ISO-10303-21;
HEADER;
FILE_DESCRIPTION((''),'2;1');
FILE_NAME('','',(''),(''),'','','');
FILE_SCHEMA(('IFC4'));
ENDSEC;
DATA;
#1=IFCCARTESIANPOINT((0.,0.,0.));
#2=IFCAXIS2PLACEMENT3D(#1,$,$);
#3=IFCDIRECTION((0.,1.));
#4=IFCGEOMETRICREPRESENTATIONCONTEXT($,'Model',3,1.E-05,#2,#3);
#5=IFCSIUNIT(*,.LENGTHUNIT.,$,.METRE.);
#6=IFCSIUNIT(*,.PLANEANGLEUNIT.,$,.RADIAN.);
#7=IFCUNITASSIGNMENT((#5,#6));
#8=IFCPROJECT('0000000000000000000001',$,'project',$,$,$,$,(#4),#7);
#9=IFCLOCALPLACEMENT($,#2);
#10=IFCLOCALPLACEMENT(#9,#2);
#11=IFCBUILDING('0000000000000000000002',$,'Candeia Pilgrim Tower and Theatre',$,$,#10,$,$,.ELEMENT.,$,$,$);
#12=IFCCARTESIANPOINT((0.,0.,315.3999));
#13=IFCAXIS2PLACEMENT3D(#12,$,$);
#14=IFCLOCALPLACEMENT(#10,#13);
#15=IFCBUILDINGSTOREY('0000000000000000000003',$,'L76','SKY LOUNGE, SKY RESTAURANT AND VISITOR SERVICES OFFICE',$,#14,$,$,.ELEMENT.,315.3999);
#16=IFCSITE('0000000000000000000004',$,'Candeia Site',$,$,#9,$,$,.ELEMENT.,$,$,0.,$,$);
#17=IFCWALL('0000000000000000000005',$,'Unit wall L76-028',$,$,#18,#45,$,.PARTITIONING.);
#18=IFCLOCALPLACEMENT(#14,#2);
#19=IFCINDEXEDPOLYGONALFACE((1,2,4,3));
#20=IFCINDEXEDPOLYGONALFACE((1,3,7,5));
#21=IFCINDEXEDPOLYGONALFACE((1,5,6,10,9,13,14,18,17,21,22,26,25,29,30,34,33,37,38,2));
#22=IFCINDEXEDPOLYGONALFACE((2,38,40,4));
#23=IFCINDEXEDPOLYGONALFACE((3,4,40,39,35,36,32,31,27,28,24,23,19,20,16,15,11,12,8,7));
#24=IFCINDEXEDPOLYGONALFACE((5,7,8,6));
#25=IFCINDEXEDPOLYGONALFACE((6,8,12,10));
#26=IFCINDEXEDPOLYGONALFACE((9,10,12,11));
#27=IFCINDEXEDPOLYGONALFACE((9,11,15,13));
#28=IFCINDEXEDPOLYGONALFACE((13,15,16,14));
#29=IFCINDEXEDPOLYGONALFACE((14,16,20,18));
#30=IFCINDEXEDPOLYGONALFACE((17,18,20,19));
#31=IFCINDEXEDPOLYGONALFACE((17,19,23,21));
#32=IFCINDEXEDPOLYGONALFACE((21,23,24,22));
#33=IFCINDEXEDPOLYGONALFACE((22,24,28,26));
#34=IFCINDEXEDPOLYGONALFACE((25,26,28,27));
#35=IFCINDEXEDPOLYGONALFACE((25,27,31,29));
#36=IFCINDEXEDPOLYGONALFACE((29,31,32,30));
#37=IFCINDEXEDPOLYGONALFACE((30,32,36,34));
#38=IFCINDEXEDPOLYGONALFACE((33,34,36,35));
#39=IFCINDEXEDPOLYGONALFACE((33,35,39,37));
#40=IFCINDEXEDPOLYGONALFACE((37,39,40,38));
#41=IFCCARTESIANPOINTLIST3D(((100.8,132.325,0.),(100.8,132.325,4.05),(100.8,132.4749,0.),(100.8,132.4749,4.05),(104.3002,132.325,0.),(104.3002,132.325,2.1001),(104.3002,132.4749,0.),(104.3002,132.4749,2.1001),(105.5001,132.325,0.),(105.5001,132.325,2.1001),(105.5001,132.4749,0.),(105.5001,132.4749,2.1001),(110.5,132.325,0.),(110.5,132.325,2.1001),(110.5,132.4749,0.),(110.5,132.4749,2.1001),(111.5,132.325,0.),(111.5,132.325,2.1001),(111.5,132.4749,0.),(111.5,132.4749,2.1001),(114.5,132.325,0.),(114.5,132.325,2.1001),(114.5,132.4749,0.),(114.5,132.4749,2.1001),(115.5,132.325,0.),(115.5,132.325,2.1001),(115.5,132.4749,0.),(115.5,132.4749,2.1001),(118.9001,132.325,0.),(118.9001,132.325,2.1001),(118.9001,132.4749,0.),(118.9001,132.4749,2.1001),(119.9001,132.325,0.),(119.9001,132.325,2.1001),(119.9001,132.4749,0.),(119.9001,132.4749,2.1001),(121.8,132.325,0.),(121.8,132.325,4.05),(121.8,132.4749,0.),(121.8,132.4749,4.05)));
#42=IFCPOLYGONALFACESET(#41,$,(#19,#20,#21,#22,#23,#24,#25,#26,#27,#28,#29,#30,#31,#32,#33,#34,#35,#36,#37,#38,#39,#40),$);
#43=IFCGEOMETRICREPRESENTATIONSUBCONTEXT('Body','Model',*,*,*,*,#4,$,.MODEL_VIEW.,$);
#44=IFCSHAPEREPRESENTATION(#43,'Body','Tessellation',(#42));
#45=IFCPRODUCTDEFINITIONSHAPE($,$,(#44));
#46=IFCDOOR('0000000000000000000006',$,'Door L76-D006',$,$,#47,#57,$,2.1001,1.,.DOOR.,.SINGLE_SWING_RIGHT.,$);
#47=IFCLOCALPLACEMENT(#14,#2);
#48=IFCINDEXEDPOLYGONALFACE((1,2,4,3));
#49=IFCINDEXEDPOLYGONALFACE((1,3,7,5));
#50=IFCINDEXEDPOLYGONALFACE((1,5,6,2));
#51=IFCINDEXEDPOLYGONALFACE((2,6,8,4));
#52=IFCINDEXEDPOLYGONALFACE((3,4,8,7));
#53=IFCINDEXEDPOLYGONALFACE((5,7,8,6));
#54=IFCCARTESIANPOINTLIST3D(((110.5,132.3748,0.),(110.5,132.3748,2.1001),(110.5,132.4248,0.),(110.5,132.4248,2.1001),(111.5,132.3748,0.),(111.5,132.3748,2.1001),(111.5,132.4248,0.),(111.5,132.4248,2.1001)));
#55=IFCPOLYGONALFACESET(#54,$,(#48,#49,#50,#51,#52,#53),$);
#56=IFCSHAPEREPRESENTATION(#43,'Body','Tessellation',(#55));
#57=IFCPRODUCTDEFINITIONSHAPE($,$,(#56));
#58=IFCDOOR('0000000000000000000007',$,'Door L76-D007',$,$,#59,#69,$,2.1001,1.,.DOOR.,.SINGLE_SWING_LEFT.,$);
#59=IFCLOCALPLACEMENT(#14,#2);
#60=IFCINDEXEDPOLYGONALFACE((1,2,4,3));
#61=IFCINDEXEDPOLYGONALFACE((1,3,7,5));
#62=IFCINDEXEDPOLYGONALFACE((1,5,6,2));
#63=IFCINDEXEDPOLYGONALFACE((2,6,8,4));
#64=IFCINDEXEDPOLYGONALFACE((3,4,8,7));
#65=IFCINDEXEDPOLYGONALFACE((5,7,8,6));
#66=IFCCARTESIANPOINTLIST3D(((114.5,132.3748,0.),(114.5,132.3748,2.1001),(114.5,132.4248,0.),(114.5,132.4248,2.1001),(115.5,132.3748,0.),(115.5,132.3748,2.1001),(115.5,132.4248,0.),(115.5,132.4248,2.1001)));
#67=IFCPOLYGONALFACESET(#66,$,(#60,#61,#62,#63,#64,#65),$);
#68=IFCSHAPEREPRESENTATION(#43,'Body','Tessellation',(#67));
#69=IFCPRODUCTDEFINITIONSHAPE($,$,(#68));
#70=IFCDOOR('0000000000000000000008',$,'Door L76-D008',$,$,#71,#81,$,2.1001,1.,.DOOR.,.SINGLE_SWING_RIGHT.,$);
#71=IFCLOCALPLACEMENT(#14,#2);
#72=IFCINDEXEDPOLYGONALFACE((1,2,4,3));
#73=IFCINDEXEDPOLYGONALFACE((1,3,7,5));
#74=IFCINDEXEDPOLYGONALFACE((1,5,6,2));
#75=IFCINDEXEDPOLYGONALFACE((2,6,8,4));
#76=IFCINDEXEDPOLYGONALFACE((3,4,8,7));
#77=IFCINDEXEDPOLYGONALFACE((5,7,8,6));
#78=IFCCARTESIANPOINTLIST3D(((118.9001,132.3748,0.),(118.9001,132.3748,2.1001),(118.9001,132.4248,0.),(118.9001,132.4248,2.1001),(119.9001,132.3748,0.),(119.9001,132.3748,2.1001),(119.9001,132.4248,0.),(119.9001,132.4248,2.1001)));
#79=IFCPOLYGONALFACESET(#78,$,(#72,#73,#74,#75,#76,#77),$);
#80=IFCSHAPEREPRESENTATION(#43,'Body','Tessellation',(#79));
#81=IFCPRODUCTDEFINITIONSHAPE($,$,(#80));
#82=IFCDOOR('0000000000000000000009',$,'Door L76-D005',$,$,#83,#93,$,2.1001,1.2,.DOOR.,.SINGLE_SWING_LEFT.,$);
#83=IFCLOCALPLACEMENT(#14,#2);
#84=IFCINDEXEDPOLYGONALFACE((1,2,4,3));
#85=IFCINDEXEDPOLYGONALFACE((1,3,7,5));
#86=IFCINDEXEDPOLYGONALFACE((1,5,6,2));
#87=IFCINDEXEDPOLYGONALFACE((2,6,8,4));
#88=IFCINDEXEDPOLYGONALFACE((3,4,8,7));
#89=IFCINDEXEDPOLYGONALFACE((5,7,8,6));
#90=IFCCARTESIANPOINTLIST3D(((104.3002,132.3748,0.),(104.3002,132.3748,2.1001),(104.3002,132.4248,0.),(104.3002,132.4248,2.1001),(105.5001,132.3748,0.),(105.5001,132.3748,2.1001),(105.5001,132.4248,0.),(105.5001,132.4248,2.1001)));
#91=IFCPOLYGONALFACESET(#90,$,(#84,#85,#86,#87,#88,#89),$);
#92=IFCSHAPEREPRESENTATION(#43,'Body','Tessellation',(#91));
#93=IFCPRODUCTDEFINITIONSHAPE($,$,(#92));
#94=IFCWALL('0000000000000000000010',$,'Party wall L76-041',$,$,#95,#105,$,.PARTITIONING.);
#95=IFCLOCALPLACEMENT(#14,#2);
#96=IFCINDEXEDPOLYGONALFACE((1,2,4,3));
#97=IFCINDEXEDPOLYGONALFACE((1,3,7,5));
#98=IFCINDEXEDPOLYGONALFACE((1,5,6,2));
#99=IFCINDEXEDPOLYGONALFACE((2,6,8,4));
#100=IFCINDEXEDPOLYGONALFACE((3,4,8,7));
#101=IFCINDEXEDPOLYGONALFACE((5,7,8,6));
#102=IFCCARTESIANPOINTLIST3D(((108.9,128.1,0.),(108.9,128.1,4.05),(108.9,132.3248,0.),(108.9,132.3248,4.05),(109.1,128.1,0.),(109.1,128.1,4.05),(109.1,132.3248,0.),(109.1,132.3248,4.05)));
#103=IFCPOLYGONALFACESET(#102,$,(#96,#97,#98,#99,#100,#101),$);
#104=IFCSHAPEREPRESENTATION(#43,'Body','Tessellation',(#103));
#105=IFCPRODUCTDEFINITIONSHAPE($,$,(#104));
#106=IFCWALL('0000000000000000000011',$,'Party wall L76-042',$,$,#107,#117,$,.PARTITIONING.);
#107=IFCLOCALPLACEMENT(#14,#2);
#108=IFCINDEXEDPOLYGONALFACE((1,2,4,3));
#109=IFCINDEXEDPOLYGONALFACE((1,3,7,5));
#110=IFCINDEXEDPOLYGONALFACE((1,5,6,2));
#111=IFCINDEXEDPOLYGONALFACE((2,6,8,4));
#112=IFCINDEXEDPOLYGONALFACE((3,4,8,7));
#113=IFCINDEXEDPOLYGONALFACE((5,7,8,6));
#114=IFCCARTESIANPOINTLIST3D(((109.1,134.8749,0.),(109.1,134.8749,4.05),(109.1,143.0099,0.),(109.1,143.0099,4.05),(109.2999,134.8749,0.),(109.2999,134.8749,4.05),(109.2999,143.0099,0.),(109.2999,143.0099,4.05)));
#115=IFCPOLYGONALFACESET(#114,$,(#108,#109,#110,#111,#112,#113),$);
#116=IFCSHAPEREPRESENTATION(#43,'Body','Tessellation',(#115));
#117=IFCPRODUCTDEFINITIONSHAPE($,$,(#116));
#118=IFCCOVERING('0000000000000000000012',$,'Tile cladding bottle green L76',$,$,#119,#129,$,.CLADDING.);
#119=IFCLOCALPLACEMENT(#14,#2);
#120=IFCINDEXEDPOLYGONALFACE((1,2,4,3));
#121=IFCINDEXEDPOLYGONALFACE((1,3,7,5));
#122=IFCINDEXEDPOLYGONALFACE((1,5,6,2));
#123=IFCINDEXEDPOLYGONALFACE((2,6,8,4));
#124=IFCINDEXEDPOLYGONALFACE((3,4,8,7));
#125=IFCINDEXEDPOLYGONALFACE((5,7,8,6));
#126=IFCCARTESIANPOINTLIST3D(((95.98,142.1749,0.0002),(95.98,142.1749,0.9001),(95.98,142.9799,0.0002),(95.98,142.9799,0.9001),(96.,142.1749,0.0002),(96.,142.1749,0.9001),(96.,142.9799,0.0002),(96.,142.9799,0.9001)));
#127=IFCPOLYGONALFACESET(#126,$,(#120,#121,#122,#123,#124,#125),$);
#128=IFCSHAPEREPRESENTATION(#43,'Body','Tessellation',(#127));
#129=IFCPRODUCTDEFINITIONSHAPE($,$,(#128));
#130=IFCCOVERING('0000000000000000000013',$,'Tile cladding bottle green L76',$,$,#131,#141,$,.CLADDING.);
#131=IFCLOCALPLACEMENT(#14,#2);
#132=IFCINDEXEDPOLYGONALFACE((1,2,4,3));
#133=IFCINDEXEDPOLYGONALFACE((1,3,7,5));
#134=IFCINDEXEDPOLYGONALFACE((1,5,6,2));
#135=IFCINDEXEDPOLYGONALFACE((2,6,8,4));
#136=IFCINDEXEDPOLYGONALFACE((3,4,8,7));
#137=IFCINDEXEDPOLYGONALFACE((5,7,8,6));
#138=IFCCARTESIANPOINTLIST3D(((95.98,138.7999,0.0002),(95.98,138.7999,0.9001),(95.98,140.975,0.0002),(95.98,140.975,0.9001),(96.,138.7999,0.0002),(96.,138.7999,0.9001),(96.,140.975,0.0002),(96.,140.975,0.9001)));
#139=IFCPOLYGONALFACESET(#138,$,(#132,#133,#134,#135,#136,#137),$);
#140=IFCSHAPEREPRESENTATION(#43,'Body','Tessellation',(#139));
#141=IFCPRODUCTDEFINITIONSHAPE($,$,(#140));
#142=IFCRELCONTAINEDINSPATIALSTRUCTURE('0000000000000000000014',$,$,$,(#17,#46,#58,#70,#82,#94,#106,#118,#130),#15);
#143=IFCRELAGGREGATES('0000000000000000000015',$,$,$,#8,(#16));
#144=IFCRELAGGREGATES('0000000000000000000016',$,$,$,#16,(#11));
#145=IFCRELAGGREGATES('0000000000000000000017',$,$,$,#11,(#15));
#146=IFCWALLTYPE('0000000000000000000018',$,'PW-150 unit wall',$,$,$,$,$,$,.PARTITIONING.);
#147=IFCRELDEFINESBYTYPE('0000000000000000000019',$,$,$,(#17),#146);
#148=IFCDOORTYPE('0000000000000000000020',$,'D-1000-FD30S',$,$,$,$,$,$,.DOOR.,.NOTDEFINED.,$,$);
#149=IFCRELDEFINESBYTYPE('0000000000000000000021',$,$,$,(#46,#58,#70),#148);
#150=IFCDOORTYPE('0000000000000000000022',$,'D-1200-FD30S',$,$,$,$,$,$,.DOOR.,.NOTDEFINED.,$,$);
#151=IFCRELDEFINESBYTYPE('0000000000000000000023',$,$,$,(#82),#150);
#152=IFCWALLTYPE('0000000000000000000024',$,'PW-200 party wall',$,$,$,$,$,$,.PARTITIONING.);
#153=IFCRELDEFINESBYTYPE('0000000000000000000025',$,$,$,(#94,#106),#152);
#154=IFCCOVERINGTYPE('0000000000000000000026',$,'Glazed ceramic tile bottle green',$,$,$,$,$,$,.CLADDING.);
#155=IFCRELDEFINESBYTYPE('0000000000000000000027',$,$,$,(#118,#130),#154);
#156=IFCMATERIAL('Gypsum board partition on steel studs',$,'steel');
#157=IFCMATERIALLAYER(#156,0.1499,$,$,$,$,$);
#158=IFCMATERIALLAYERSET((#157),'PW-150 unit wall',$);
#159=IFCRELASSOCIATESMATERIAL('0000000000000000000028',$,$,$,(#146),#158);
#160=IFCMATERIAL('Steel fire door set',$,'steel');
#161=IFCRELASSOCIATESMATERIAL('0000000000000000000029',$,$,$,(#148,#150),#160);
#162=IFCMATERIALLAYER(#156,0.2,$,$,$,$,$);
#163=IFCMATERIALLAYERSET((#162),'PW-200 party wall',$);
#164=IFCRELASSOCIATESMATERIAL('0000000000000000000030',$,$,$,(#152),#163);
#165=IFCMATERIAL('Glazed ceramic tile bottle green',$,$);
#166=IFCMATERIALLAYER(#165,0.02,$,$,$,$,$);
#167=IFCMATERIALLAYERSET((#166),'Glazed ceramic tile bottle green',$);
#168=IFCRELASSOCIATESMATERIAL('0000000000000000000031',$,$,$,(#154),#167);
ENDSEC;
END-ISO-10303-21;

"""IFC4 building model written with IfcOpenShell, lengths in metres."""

from ifc_helpers import new_model, si_unit, direction, frame, frame_2d, origin, origin_2d, place, context, subcontext, project, spatial, rectangle, extrude, material, layer, layer_set, type_object, element, fill, save


model = new_model("IFC4")

# Units and contexts
model_context = context("Model", 3, precision=1e-05, world=origin(), true_north=direction((0.0, 1.0)))
body_context = subcontext(model_context, "Body", "Model", "MODEL_VIEW")
ifc_project = project(units=[si_unit("LENGTHUNIT", "METRE"), si_unit("PLANEANGLEUNIT", "RADIAN")], contexts=[model_context])

# Site, building, storey
site_placement = place(None, origin())
site = spatial("IfcSite", under=ifc_project, at=site_placement, Name="Candeia Site", CompositionType="ELEMENT", RefElevation=0.0)
building_placement = place(site_placement, origin())
building = spatial("IfcBuilding", under=site, at=building_placement, Name="Candeia Pilgrim Tower and Theatre", CompositionType="ELEMENT")
storey_placement = place(building_placement, frame((0.0, 0.0, 315.3999)))
storey = spatial("IfcBuildingStorey", under=building, at=storey_placement, Name="L76", Description="SKY LOUNGE, SKY RESTAURANT AND VISITOR SERVICES OFFICE", CompositionType="ELEMENT", Elevation=315.3999)

# Shared definitions
ifc_material_1 = material(Name="Steel fire door set", Category="steel")

# Wall, openings, doors
ifc_material_2 = material(Name="Gypsum board partition on steel studs", Category="steel")
ifc_layer_1 = layer(ifc_material_2, 0.1499)
ifc_layer_set_1 = layer_set([ifc_layer_1], Name="PW-150 unit wall")
wall_type_1 = type_object("IfcWallType", Name="PW-150 unit wall", PredefinedType="PARTITIONING", material=ifc_layer_set_1)
wall_1_placement = place(storey_placement, frame((100.8, 132.3999, 0.0), z_axis=(0.0, 0.0, 1.0), x_axis=(1.0, 0.0, 0.0)))
wall_1 = element("IfcWall", 1, at=wall_1_placement, inside=storey, type_object=wall_type_1, Name="Unit wall L76-028", PredefinedType="PARTITIONING", context=body_context, shape_type="SweptSolid", body=[
    extrude(rectangle(XDim=21.0, YDim=0.1499, at=frame_2d((10.5, 0.0))), origin(), (0.0, 0.0, 1.0), 4.05),
])
opening_1_placement = place(wall_1_placement, frame((3.5, 0.0, 0.0)))
opening_1 = element("IfcOpeningElement", 2, at=opening_1_placement, cuts=wall_1, PredefinedType="OPENING", context=body_context, shape_type="SweptSolid", body=[
    extrude(rectangle(XDim=1.2, YDim=2.1001, at=frame_2d((0.6001, 1.05))), frame((0.0, 0.085, 0.0), z_axis=(0.0, -1.0, 0.0), x_axis=(1.0, 0.0, 0.0)), (0.0, 0.0, 1.0), 0.1699),
])
opening_2_placement = place(wall_1_placement, frame((9.7, 0.0, 0.0)))
opening_2 = element("IfcOpeningElement", 3, at=opening_2_placement, cuts=wall_1, PredefinedType="OPENING", context=body_context, shape_type="SweptSolid", body=[
    extrude(rectangle(XDim=1.0, YDim=2.1001, at=frame_2d((0.5, 1.05))), frame((0.0, 0.085, 0.0), z_axis=(0.0, -1.0, 0.0), x_axis=(1.0, 0.0, 0.0)), (0.0, 0.0, 1.0), 0.1699),
])
opening_3_placement = place(wall_1_placement, frame((13.7, 0.0, 0.0)))
opening_3 = element("IfcOpeningElement", 4, at=opening_3_placement, cuts=wall_1, PredefinedType="OPENING", context=body_context, shape_type="SweptSolid", body=[
    extrude(rectangle(XDim=1.0, YDim=2.1001, at=frame_2d((0.5, 1.05))), frame((0.0, 0.085, 0.0), z_axis=(0.0, -1.0, 0.0), x_axis=(1.0, 0.0, 0.0)), (0.0, 0.0, 1.0), 0.1699),
])
opening_4_placement = place(wall_1_placement, frame((18.1001, 0.0, 0.0)))
opening_4 = element("IfcOpeningElement", 5, at=opening_4_placement, cuts=wall_1, PredefinedType="OPENING", context=body_context, shape_type="SweptSolid", body=[
    extrude(rectangle(XDim=1.0, YDim=2.1001, at=frame_2d((0.5, 1.05))), frame((0.0, 0.085, 0.0), z_axis=(0.0, -1.0, 0.0), x_axis=(1.0, 0.0, 0.0)), (0.0, 0.0, 1.0), 0.1699),
])
door_type_1 = type_object("IfcDoorType", Name="D-1000-FD30S", OperationType="NOTDEFINED", PredefinedType="DOOR", material=ifc_material_1)
door_1_placement = place(opening_2_placement, origin())
door_1 = element("IfcDoor", 6, at=door_1_placement, inside=storey, type_object=door_type_1, Name="Door L76-D006", OperationType="SINGLE_SWING_RIGHT", OverallHeight=2.1001, OverallWidth=1.0, PredefinedType="DOOR", context=body_context, shape_type="SweptSolid", body=[
    extrude(rectangle(XDim=1.0, YDim=2.1001, at=frame_2d((0.5, 1.05))), frame((0.0, 0.0249, 0.0), z_axis=(0.0, -1.0, 0.0), x_axis=(1.0, 0.0, 0.0)), (0.0, 0.0, 1.0), 0.05),
])
fill(opening_2, door_1)
door_2_placement = place(opening_3_placement, origin())
door_2 = element("IfcDoor", 7, at=door_2_placement, inside=storey, type_object=door_type_1, Name="Door L76-D007", OperationType="SINGLE_SWING_LEFT", OverallHeight=2.1001, OverallWidth=1.0, PredefinedType="DOOR", context=body_context, shape_type="SweptSolid", body=[
    extrude(rectangle(XDim=1.0, YDim=2.1001, at=frame_2d((0.5, 1.05))), frame((0.0, 0.0249, 0.0), z_axis=(0.0, -1.0, 0.0), x_axis=(1.0, 0.0, 0.0)), (0.0, 0.0, 1.0), 0.05),
])
fill(opening_3, door_2)
door_3_placement = place(opening_4_placement, origin())
door_3 = element("IfcDoor", 8, at=door_3_placement, inside=storey, type_object=door_type_1, Name="Door L76-D008", OperationType="SINGLE_SWING_RIGHT", OverallHeight=2.1001, OverallWidth=1.0, PredefinedType="DOOR", context=body_context, shape_type="SweptSolid", body=[
    extrude(rectangle(XDim=1.0, YDim=2.1001, at=frame_2d((0.5, 1.05))), frame((0.0, 0.0249, 0.0), z_axis=(0.0, -1.0, 0.0), x_axis=(1.0, 0.0, 0.0)), (0.0, 0.0, 1.0), 0.05),
])
fill(opening_4, door_3)
door_type_2 = type_object("IfcDoorType", Name="D-1200-FD30S", OperationType="NOTDEFINED", PredefinedType="DOOR", material=ifc_material_1)
door_4_placement = place(opening_1_placement, origin())
door_4 = element("IfcDoor", 9, at=door_4_placement, inside=storey, type_object=door_type_2, Name="Door L76-D005", OperationType="SINGLE_SWING_LEFT", OverallHeight=2.1001, OverallWidth=1.2, PredefinedType="DOOR", context=body_context, shape_type="SweptSolid", body=[
    extrude(rectangle(XDim=1.2, YDim=2.1001, at=frame_2d((0.6001, 1.05))), frame((0.0, 0.0249, 0.0), z_axis=(0.0, -1.0, 0.0), x_axis=(1.0, 0.0, 0.0)), (0.0, 0.0, 1.0), 0.05),
])
fill(opening_1, door_4)

# Walls
ifc_layer_2 = layer(ifc_material_2, 0.2)
ifc_layer_set_2 = layer_set([ifc_layer_2], Name="PW-200 party wall")
wall_type_2 = type_object("IfcWallType", Name="PW-200 party wall", PredefinedType="PARTITIONING", material=ifc_layer_set_2)
wall_2_placement = place(storey_placement, frame((109.0, 128.1001, 0.0), z_axis=(0.0, 0.0, 1.0), x_axis=(0.0, 1.0, 0.0)))
element("IfcWall", 10, at=wall_2_placement, inside=storey, type_object=wall_type_2, Name="Party wall L76-041", PredefinedType="PARTITIONING", context=body_context, shape_type="SweptSolid", body=[
    extrude(rectangle(XDim=4.2249, YDim=0.2, at=frame_2d((2.1123, 0.0))), origin(), (0.0, 0.0, 1.0), 4.05),
])
wall_3_placement = place(storey_placement, frame((109.2, 134.875, 0.0), z_axis=(0.0, 0.0, 1.0), x_axis=(0.0, 1.0, 0.0)))
element("IfcWall", 11, at=wall_3_placement, inside=storey, type_object=wall_type_2, Name="Party wall L76-042", PredefinedType="PARTITIONING", context=body_context, shape_type="SweptSolid", body=[
    extrude(rectangle(XDim=8.135, YDim=0.2, at=frame_2d((4.0674, 0.0))), origin(), (0.0, 0.0, 1.0), 4.05),
])

# Coverings
ifc_material_3 = material(Name="Glazed ceramic tile bottle green")
ifc_layer_3 = layer(ifc_material_3, 0.02)
ifc_layer_set_3 = layer_set([ifc_layer_3], Name="Glazed ceramic tile bottle green")
covering_type = type_object("IfcCoveringType", Name="Glazed ceramic tile bottle green", PredefinedType="CLADDING", material=ifc_layer_set_3)
covering_1_placement = place(storey_placement, frame((95.99, 142.5774, 0.0002), z_axis=(0.0, 0.0, 1.0), x_axis=(0.0, -1.0, 0.0)))
element("IfcCovering", 12, at=covering_1_placement, inside=storey, type_object=covering_type, Name="Tile cladding bottle green L76", PredefinedType="CLADDING", context=body_context, shape_type="SweptSolid", body=[
    extrude(rectangle(XDim=0.8049, YDim=0.02, at=origin_2d()), origin(), (0.0, 0.0, 1.0), 0.8999),
])
covering_2_placement = place(storey_placement, frame((95.99, 139.8875, 0.0002), z_axis=(0.0, 0.0, 1.0), x_axis=(0.0, -1.0, 0.0)))
element("IfcCovering", 13, at=covering_2_placement, inside=storey, type_object=covering_type, Name="Tile cladding bottle green L76", PredefinedType="CLADDING", context=body_context, shape_type="SweptSolid", body=[
    extrude(rectangle(XDim=2.175, YDim=0.02, at=origin_2d()), origin(), (0.0, 0.0, 1.0), 0.8999),
])

save(model, "model.ifc")
